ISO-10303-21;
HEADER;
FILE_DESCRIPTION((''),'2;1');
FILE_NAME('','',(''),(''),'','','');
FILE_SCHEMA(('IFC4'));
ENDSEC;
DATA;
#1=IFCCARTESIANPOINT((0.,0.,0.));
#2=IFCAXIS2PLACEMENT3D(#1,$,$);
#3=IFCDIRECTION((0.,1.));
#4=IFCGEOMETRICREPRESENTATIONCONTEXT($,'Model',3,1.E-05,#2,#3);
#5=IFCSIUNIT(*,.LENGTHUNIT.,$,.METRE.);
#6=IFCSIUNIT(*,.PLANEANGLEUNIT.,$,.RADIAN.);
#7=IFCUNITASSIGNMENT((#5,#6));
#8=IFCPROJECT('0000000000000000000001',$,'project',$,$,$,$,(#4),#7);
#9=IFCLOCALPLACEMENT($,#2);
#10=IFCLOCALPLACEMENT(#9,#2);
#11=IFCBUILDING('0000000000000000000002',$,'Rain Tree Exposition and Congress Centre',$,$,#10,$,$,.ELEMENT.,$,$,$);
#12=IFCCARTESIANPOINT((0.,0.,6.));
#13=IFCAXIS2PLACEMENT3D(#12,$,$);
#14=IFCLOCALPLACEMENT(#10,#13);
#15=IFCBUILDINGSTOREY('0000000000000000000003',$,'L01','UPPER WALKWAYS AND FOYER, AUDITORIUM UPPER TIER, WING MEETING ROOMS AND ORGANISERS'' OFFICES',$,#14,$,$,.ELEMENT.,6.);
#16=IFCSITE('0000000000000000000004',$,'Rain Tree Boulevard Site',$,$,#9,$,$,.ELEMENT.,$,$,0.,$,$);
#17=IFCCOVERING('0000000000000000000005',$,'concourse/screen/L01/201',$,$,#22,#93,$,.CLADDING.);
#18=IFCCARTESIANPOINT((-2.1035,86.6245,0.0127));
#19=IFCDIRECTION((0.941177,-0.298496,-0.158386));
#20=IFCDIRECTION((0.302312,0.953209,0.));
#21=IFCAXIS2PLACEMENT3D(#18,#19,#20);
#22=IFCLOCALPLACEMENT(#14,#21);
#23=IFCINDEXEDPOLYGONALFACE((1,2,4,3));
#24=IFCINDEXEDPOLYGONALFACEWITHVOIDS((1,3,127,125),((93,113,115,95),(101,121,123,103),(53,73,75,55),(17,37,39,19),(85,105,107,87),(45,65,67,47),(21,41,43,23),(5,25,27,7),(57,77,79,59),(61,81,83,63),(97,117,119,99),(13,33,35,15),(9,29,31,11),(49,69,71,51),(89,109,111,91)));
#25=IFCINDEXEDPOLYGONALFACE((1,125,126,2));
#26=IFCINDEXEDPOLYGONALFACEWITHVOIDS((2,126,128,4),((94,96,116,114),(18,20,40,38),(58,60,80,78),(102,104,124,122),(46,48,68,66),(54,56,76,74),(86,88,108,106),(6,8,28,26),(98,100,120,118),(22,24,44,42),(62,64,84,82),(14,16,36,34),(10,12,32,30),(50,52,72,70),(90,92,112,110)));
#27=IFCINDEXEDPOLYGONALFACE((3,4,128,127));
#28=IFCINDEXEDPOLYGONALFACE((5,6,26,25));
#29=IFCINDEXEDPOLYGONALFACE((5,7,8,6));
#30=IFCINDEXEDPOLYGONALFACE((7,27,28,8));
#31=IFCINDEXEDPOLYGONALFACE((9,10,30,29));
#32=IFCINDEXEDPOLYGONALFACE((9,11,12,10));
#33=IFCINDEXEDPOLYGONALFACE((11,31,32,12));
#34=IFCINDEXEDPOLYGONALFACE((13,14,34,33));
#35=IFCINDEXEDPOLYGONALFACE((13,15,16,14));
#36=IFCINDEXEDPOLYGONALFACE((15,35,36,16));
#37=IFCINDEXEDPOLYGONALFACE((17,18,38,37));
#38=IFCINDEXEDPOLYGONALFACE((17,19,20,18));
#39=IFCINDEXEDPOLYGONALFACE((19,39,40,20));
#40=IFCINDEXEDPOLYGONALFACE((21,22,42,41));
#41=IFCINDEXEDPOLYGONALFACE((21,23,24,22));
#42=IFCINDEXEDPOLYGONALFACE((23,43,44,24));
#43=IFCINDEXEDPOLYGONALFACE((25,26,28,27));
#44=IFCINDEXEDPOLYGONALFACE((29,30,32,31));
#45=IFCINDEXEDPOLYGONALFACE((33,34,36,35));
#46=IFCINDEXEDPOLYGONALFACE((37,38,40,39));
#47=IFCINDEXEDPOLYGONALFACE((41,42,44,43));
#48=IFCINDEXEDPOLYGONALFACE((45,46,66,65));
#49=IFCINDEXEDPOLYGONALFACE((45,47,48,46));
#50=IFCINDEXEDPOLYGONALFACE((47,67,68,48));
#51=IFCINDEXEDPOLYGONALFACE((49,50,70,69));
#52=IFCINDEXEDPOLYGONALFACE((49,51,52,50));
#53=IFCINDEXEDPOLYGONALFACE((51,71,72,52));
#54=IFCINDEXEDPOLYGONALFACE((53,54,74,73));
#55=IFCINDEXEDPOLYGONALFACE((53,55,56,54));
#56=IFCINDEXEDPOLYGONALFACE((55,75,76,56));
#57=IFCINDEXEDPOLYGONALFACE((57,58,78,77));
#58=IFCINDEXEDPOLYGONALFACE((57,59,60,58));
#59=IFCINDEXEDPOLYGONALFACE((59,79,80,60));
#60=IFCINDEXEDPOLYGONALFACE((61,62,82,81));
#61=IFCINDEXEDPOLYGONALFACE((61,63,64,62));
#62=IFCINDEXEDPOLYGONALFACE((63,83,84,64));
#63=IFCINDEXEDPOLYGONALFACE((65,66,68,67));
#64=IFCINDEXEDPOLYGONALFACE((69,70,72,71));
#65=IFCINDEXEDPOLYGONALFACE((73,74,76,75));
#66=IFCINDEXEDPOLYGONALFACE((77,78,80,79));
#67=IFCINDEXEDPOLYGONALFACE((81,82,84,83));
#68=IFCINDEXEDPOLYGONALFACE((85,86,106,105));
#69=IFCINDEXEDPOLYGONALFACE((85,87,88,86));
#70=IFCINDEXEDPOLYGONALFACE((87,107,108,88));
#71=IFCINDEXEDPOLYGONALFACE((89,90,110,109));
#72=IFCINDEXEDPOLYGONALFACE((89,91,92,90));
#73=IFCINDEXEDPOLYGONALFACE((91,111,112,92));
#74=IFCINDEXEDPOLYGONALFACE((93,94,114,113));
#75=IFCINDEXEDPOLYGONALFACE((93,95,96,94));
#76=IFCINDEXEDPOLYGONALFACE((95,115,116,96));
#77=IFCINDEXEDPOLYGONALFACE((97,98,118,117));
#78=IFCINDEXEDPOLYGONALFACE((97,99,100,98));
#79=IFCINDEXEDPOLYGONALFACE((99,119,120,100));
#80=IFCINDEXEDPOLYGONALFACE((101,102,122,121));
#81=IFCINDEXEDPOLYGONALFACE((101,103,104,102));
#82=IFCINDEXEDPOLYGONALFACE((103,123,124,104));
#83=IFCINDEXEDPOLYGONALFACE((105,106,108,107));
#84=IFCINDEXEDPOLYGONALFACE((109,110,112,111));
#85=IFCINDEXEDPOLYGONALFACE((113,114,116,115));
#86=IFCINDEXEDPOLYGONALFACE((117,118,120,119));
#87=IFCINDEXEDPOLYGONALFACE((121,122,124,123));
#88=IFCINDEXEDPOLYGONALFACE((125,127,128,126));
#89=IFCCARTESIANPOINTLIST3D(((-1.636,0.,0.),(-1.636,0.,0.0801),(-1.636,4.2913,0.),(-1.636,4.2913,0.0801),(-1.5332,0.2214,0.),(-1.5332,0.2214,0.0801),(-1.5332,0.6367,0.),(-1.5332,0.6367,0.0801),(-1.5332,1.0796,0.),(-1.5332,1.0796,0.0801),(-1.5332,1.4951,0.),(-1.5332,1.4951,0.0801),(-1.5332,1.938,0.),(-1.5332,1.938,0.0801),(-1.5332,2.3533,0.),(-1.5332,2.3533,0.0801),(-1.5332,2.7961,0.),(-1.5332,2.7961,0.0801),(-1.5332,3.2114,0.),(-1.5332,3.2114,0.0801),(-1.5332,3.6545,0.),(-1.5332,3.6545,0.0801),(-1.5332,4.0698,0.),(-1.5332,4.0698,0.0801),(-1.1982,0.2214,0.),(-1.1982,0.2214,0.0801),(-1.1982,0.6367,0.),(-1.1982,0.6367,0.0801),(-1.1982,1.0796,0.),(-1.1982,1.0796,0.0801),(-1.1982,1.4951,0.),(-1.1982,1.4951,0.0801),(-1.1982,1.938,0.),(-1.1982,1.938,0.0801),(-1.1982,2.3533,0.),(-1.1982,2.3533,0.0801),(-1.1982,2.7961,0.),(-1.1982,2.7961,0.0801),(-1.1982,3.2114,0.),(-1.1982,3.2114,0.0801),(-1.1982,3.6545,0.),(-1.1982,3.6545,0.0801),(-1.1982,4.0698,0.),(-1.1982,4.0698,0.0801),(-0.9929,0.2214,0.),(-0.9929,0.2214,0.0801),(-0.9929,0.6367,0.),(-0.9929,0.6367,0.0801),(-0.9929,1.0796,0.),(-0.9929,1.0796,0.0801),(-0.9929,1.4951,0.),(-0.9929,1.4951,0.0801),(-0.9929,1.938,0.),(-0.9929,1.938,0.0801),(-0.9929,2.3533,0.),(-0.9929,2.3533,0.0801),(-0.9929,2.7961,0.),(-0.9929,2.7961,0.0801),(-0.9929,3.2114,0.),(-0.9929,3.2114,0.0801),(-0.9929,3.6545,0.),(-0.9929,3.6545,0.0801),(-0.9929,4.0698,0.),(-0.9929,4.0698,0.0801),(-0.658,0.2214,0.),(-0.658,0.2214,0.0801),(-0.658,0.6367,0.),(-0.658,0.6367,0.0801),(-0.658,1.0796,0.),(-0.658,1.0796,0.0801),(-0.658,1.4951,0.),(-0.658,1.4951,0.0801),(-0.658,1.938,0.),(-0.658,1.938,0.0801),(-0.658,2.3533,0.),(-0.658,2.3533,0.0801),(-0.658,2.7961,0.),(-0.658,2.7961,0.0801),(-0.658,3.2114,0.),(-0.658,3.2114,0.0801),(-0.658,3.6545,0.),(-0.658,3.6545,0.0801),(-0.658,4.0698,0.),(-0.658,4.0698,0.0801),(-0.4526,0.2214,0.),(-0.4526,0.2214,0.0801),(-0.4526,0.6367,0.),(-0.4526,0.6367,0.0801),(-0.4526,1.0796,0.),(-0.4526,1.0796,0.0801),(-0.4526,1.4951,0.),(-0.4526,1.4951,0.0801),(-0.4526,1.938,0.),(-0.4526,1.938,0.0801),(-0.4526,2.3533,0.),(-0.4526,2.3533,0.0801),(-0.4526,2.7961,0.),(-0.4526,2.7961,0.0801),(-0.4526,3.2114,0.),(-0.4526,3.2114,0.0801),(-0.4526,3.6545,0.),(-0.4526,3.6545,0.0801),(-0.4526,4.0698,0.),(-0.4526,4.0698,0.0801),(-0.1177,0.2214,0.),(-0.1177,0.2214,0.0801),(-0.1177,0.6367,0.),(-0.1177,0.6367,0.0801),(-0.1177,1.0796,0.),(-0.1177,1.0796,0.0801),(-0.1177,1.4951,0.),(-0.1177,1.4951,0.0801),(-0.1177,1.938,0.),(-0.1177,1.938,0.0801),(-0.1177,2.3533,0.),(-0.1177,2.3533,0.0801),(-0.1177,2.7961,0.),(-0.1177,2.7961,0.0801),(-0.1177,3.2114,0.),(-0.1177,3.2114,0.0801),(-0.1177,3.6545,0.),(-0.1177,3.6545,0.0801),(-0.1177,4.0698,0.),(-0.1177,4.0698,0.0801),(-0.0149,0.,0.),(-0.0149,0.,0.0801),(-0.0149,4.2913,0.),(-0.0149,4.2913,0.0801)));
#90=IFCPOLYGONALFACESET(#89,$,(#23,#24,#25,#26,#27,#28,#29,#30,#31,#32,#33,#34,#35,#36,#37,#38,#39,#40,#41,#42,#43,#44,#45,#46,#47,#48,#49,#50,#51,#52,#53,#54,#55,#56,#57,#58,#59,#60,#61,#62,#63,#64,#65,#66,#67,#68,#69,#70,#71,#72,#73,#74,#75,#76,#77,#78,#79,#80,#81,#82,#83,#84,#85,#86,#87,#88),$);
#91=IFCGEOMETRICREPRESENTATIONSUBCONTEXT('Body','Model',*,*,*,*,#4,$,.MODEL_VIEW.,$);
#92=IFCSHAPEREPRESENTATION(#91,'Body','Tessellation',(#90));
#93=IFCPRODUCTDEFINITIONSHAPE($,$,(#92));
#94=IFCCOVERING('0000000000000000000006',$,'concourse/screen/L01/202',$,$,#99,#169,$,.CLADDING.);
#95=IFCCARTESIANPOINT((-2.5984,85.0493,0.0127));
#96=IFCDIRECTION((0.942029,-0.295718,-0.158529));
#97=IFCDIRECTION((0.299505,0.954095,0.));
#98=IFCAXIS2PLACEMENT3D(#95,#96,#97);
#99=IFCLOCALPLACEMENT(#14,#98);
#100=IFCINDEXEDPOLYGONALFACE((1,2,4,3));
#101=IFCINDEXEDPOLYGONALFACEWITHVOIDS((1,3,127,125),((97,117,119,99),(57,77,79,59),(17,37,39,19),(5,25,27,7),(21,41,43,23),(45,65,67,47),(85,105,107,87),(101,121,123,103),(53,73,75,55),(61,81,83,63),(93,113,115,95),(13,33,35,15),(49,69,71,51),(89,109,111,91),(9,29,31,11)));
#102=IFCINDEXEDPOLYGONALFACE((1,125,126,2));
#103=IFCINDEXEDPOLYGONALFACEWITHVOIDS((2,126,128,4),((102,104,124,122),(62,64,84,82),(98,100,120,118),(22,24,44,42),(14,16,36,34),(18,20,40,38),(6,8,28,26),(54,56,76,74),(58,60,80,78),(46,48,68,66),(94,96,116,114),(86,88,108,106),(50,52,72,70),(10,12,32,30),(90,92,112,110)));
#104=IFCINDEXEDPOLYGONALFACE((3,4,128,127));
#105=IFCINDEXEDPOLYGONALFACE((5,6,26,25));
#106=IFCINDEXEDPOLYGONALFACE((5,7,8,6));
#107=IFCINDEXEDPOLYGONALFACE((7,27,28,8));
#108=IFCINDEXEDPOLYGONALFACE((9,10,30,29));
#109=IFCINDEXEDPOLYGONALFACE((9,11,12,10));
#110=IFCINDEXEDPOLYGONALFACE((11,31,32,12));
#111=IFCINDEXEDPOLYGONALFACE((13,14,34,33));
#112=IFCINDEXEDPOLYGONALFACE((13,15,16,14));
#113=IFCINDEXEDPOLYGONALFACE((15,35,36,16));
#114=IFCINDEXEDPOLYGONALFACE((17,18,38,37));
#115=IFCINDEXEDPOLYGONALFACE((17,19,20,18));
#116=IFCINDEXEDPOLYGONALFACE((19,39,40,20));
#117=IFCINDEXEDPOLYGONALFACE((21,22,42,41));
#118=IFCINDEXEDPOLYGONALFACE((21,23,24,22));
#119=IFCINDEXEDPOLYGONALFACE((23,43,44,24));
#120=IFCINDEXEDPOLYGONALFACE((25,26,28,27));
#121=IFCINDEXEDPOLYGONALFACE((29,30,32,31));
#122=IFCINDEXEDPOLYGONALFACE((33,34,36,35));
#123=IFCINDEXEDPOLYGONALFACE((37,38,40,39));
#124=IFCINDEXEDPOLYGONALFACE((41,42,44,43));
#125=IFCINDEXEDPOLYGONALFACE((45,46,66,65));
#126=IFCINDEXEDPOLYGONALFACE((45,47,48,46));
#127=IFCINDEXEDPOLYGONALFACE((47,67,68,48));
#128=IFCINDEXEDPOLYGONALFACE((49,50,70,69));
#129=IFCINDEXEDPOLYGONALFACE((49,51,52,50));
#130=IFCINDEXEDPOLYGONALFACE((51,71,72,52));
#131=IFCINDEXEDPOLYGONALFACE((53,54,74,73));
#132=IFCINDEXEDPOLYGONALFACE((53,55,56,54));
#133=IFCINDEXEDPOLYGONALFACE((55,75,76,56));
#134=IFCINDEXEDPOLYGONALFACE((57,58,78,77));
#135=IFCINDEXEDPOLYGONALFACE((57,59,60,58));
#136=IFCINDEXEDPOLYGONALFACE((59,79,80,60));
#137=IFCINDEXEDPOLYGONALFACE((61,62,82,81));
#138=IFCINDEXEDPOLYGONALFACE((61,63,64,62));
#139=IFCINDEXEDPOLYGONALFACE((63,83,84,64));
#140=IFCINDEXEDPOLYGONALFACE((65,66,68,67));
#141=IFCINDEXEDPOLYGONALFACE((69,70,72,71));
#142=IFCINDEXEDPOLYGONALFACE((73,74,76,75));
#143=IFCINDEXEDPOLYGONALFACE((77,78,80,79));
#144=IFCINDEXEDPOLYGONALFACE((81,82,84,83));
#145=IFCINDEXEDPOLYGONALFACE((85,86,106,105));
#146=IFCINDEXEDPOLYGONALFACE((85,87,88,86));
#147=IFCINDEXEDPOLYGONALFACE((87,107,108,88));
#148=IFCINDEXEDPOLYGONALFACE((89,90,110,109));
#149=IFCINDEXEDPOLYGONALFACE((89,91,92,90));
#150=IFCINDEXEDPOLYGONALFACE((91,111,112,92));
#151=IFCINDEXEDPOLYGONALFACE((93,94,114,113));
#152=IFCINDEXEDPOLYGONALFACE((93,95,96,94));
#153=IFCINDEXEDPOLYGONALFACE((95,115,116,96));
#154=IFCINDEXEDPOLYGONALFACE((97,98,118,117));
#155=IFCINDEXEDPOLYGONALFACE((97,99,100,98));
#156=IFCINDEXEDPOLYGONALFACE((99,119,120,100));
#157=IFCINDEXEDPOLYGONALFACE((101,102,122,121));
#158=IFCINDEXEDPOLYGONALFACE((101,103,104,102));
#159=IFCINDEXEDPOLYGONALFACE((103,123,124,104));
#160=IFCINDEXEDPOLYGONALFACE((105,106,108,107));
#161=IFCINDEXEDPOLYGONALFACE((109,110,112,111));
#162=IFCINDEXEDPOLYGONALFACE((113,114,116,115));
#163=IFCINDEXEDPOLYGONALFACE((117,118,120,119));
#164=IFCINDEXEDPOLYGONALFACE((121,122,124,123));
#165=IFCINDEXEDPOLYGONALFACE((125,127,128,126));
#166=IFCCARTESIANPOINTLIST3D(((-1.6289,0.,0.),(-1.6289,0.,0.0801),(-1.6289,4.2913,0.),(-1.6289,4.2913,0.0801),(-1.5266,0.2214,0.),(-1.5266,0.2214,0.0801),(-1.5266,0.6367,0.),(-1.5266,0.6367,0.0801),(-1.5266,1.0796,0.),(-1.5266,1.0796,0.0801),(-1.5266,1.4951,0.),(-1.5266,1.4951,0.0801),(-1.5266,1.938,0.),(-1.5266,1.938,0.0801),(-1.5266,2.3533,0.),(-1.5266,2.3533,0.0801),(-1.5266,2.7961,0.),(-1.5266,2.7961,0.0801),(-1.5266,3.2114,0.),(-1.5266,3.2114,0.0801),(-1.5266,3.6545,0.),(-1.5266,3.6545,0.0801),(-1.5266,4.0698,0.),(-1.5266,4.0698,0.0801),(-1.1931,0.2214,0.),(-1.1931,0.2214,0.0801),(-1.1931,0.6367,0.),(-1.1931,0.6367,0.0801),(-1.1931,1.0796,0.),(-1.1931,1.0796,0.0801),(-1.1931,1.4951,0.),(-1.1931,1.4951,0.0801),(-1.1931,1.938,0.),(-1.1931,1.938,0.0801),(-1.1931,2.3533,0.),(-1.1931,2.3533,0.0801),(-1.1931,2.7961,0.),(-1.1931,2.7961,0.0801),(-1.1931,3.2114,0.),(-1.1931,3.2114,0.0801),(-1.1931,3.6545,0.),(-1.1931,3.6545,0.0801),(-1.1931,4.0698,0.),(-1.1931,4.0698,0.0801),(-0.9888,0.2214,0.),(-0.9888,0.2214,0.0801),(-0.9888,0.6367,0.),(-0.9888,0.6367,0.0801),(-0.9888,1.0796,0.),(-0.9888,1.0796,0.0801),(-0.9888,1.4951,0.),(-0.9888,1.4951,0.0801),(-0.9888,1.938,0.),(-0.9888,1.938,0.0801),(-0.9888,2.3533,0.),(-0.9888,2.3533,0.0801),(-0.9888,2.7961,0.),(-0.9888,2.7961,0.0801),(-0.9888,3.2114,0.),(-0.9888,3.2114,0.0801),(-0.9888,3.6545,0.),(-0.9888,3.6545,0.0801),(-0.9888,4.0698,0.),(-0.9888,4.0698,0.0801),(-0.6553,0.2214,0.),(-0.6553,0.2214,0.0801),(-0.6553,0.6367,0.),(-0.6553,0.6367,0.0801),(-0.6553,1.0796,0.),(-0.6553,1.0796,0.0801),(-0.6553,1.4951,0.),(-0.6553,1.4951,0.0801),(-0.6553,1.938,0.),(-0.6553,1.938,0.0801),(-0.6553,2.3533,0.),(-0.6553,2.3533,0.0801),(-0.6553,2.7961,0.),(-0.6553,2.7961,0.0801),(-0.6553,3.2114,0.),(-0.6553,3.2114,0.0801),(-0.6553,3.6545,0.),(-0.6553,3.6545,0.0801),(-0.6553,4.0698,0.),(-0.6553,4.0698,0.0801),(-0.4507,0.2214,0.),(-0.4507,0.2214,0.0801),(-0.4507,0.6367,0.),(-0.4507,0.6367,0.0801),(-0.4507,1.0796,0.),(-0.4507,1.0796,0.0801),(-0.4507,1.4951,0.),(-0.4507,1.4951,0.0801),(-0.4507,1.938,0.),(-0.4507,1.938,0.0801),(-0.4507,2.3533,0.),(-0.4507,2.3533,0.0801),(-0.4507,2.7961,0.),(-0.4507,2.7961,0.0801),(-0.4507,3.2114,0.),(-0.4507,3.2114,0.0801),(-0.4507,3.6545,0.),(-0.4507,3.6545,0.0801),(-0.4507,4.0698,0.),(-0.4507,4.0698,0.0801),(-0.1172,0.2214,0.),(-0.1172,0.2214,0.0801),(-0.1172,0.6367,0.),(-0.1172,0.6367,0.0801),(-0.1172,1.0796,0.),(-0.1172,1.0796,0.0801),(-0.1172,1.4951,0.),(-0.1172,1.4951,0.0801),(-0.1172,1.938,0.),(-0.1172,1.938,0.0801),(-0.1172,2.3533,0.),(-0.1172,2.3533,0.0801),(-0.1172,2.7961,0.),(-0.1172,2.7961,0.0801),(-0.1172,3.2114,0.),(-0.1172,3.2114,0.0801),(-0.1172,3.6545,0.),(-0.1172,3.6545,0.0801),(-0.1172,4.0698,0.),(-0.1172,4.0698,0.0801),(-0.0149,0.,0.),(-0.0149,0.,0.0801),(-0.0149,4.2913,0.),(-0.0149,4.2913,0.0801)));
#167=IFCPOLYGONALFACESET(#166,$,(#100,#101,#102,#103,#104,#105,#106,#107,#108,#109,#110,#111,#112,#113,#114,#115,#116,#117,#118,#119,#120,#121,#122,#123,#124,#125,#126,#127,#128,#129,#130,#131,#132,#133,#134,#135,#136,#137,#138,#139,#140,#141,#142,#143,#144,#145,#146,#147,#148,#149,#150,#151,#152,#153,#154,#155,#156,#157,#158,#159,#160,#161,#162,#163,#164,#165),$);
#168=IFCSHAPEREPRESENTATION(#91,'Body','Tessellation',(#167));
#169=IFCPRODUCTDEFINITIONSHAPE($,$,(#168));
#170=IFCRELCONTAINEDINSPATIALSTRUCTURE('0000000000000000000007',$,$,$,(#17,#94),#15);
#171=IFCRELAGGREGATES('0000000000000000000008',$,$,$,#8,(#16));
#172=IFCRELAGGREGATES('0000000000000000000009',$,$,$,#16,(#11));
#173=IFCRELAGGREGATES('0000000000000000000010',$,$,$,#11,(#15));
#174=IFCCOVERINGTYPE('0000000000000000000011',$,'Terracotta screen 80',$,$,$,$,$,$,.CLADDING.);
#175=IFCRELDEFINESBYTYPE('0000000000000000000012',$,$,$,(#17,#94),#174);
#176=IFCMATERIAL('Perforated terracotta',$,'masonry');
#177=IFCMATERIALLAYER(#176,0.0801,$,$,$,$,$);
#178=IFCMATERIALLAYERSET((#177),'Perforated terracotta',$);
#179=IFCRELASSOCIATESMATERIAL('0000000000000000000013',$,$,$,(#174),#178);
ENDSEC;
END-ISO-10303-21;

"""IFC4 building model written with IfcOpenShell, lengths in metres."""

from ifc_helpers import new_model, si_unit, direction, frame, origin, place, context, subcontext, project, spatial, polyline, outline, extrude, material, layer, layer_set, type_object, element, save


model = new_model("IFC4")

# Units and contexts
model_context = context("Model", 3, precision=1e-05, world=origin(), true_north=direction((0.0, 1.0)))
body_context = subcontext(model_context, "Body", "Model", "MODEL_VIEW")
ifc_project = project(units=[si_unit("LENGTHUNIT", "METRE"), si_unit("PLANEANGLEUNIT", "RADIAN")], contexts=[model_context])

# Site, building, storey
site_placement = place(None, origin())
site = spatial("IfcSite", under=ifc_project, at=site_placement, Name="Rain Tree Boulevard Site", CompositionType="ELEMENT", RefElevation=0.0)
building_placement = place(site_placement, origin())
building = spatial("IfcBuilding", under=site, at=building_placement, Name="Rain Tree Exposition and Congress Centre", CompositionType="ELEMENT")
storey_placement = place(building_placement, frame((0.0, 0.0, 6.0)))
storey = spatial("IfcBuildingStorey", under=building, at=storey_placement, Name="L01", Description="UPPER WALKWAYS AND FOYER, AUDITORIUM UPPER TIER, WING MEETING ROOMS AND ORGANISERS' OFFICES", CompositionType="ELEMENT", Elevation=6.0)

# Coverings
ifc_material_1 = material(Name="Perforated terracotta", Category="masonry")
ifc_layer_1 = layer(ifc_material_1, 0.0801)
ifc_layer_set_1 = layer_set([ifc_layer_1], Name="Perforated terracotta")
covering_type = type_object("IfcCoveringType", Name="Terracotta screen 80", PredefinedType="CLADDING", material=ifc_layer_set_1)
covering_1_placement = place(storey_placement, frame((-2.1035, 86.6245, 0.0127), z_axis=(0.941177, -0.298496, -0.158386), x_axis=(0.302312, 0.953209, 0.0)))
element("IfcCovering", 1, at=covering_1_placement, inside=storey, type_object=covering_type, Name="concourse/screen/L01/201", PredefinedType="CLADDING", context=body_context, shape_type="SweptSolid", body=[
    extrude(outline(polyline([(-1.636, 0.0), (-1.636, 4.2913), (-0.0149, 4.2913), (-0.0149, 0.0), (-1.636, 0.0)]), holes=[polyline([(-0.1177, 0.2214), (-0.1177, 0.6367), (-0.4526, 0.6367), (-0.4526, 0.2214), (-0.1177, 0.2214)]), polyline([(-0.1177, 1.0796), (-0.1177, 1.4951), (-0.4526, 1.4951), (-0.4526, 1.0796), (-0.1177, 1.0796)]), polyline([(-0.1177, 1.938), (-0.1177, 2.3533), (-0.4526, 2.3533), (-0.4526, 1.938), (-0.1177, 1.938)]), polyline([(-0.1177, 2.7961), (-0.1177, 3.2114), (-0.4526, 3.2114), (-0.4526, 2.7961), (-0.1177, 2.7961)]), polyline([(-0.1177, 3.6545), (-0.1177, 4.0698), (-0.4526, 4.0698), (-0.4526, 3.6545), (-0.1177, 3.6545)]), polyline([(-0.658, 0.2214), (-0.658, 0.6367), (-0.9929, 0.6367), (-0.9929, 0.2214), (-0.658, 0.2214)]), polyline([(-0.658, 1.0796), (-0.658, 1.4951), (-0.9929, 1.4951), (-0.9929, 1.0796), (-0.658, 1.0796)]), polyline([(-0.658, 1.938), (-0.658, 2.3533), (-0.9929, 2.3533), (-0.9929, 1.938), (-0.658, 1.938)]), polyline([(-0.658, 2.7961), (-0.658, 3.2114), (-0.9929, 3.2114), (-0.9929, 2.7961), (-0.658, 2.7961)]), polyline([(-0.658, 3.6545), (-0.658, 4.0698), (-0.9929, 4.0698), (-0.9929, 3.6545), (-0.658, 3.6545)]), polyline([(-1.1982, 0.2214), (-1.1982, 0.6367), (-1.5332, 0.6367), (-1.5332, 0.2214), (-1.1982, 0.2214)]), polyline([(-1.1982, 1.0796), (-1.1982, 1.4951), (-1.5332, 1.4951), (-1.5332, 1.0796), (-1.1982, 1.0796)]), polyline([(-1.1982, 1.938), (-1.1982, 2.3533), (-1.5332, 2.3533), (-1.5332, 1.938), (-1.1982, 1.938)]), polyline([(-1.1982, 2.7961), (-1.1982, 3.2114), (-1.5332, 3.2114), (-1.5332, 2.7961), (-1.1982, 2.7961)]), polyline([(-1.1982, 3.6545), (-1.1982, 4.0698), (-1.5332, 4.0698), (-1.5332, 3.6545), (-1.1982, 3.6545)])]), origin(), (0.0, 0.0, 1.0), 0.0801),
])
covering_2_placement = place(storey_placement, frame((-2.5984, 85.0493, 0.0127), z_axis=(0.942029, -0.295718, -0.158529), x_axis=(0.299505, 0.954095, 0.0)))
element("IfcCovering", 2, at=covering_2_placement, inside=storey, type_object=covering_type, Name="concourse/screen/L01/202", PredefinedType="CLADDING", context=body_context, shape_type="SweptSolid", body=[
    extrude(outline(polyline([(-1.6289, 0.0), (-1.6289, 4.2913), (-0.0149, 4.2913), (-0.0149, 0.0), (-1.6289, 0.0)]), holes=[polyline([(-0.1172, 0.2214), (-0.1172, 0.6367), (-0.4507, 0.6367), (-0.4507, 0.2214), (-0.1172, 0.2214)]), polyline([(-0.1172, 1.0796), (-0.1172, 1.4951), (-0.4507, 1.4951), (-0.4507, 1.0796), (-0.1172, 1.0796)]), polyline([(-0.1172, 1.938), (-0.1172, 2.3533), (-0.4507, 2.3533), (-0.4507, 1.938), (-0.1172, 1.938)]), polyline([(-0.1172, 2.7961), (-0.1172, 3.2114), (-0.4507, 3.2114), (-0.4507, 2.7961), (-0.1172, 2.7961)]), polyline([(-0.1172, 3.6545), (-0.1172, 4.0698), (-0.4507, 4.0698), (-0.4507, 3.6545), (-0.1172, 3.6545)]), polyline([(-0.6553, 0.2214), (-0.6553, 0.6367), (-0.9888, 0.6367), (-0.9888, 0.2214), (-0.6553, 0.2214)]), polyline([(-0.6553, 1.0796), (-0.6553, 1.4951), (-0.9888, 1.4951), (-0.9888, 1.0796), (-0.6553, 1.0796)]), polyline([(-0.6553, 1.938), (-0.6553, 2.3533), (-0.9888, 2.3533), (-0.9888, 1.938), (-0.6553, 1.938)]), polyline([(-0.6553, 2.7961), (-0.6553, 3.2114), (-0.9888, 3.2114), (-0.9888, 2.7961), (-0.6553, 2.7961)]), polyline([(-0.6553, 3.6545), (-0.6553, 4.0698), (-0.9888, 4.0698), (-0.9888, 3.6545), (-0.6553, 3.6545)]), polyline([(-1.1931, 0.2214), (-1.1931, 0.6367), (-1.5266, 0.6367), (-1.5266, 0.2214), (-1.1931, 0.2214)]), polyline([(-1.1931, 1.0796), (-1.1931, 1.4951), (-1.5266, 1.4951), (-1.5266, 1.0796), (-1.1931, 1.0796)]), polyline([(-1.1931, 1.938), (-1.1931, 2.3533), (-1.5266, 2.3533), (-1.5266, 1.938), (-1.1931, 1.938)]), polyline([(-1.1931, 2.7961), (-1.1931, 3.2114), (-1.5266, 3.2114), (-1.5266, 2.7961), (-1.1931, 2.7961)]), polyline([(-1.1931, 3.6545), (-1.1931, 4.0698), (-1.5266, 4.0698), (-1.5266, 3.6545), (-1.1931, 3.6545)])]), origin(), (0.0, 0.0, 1.0), 0.0801),
])

save(model, "model.ifc")
